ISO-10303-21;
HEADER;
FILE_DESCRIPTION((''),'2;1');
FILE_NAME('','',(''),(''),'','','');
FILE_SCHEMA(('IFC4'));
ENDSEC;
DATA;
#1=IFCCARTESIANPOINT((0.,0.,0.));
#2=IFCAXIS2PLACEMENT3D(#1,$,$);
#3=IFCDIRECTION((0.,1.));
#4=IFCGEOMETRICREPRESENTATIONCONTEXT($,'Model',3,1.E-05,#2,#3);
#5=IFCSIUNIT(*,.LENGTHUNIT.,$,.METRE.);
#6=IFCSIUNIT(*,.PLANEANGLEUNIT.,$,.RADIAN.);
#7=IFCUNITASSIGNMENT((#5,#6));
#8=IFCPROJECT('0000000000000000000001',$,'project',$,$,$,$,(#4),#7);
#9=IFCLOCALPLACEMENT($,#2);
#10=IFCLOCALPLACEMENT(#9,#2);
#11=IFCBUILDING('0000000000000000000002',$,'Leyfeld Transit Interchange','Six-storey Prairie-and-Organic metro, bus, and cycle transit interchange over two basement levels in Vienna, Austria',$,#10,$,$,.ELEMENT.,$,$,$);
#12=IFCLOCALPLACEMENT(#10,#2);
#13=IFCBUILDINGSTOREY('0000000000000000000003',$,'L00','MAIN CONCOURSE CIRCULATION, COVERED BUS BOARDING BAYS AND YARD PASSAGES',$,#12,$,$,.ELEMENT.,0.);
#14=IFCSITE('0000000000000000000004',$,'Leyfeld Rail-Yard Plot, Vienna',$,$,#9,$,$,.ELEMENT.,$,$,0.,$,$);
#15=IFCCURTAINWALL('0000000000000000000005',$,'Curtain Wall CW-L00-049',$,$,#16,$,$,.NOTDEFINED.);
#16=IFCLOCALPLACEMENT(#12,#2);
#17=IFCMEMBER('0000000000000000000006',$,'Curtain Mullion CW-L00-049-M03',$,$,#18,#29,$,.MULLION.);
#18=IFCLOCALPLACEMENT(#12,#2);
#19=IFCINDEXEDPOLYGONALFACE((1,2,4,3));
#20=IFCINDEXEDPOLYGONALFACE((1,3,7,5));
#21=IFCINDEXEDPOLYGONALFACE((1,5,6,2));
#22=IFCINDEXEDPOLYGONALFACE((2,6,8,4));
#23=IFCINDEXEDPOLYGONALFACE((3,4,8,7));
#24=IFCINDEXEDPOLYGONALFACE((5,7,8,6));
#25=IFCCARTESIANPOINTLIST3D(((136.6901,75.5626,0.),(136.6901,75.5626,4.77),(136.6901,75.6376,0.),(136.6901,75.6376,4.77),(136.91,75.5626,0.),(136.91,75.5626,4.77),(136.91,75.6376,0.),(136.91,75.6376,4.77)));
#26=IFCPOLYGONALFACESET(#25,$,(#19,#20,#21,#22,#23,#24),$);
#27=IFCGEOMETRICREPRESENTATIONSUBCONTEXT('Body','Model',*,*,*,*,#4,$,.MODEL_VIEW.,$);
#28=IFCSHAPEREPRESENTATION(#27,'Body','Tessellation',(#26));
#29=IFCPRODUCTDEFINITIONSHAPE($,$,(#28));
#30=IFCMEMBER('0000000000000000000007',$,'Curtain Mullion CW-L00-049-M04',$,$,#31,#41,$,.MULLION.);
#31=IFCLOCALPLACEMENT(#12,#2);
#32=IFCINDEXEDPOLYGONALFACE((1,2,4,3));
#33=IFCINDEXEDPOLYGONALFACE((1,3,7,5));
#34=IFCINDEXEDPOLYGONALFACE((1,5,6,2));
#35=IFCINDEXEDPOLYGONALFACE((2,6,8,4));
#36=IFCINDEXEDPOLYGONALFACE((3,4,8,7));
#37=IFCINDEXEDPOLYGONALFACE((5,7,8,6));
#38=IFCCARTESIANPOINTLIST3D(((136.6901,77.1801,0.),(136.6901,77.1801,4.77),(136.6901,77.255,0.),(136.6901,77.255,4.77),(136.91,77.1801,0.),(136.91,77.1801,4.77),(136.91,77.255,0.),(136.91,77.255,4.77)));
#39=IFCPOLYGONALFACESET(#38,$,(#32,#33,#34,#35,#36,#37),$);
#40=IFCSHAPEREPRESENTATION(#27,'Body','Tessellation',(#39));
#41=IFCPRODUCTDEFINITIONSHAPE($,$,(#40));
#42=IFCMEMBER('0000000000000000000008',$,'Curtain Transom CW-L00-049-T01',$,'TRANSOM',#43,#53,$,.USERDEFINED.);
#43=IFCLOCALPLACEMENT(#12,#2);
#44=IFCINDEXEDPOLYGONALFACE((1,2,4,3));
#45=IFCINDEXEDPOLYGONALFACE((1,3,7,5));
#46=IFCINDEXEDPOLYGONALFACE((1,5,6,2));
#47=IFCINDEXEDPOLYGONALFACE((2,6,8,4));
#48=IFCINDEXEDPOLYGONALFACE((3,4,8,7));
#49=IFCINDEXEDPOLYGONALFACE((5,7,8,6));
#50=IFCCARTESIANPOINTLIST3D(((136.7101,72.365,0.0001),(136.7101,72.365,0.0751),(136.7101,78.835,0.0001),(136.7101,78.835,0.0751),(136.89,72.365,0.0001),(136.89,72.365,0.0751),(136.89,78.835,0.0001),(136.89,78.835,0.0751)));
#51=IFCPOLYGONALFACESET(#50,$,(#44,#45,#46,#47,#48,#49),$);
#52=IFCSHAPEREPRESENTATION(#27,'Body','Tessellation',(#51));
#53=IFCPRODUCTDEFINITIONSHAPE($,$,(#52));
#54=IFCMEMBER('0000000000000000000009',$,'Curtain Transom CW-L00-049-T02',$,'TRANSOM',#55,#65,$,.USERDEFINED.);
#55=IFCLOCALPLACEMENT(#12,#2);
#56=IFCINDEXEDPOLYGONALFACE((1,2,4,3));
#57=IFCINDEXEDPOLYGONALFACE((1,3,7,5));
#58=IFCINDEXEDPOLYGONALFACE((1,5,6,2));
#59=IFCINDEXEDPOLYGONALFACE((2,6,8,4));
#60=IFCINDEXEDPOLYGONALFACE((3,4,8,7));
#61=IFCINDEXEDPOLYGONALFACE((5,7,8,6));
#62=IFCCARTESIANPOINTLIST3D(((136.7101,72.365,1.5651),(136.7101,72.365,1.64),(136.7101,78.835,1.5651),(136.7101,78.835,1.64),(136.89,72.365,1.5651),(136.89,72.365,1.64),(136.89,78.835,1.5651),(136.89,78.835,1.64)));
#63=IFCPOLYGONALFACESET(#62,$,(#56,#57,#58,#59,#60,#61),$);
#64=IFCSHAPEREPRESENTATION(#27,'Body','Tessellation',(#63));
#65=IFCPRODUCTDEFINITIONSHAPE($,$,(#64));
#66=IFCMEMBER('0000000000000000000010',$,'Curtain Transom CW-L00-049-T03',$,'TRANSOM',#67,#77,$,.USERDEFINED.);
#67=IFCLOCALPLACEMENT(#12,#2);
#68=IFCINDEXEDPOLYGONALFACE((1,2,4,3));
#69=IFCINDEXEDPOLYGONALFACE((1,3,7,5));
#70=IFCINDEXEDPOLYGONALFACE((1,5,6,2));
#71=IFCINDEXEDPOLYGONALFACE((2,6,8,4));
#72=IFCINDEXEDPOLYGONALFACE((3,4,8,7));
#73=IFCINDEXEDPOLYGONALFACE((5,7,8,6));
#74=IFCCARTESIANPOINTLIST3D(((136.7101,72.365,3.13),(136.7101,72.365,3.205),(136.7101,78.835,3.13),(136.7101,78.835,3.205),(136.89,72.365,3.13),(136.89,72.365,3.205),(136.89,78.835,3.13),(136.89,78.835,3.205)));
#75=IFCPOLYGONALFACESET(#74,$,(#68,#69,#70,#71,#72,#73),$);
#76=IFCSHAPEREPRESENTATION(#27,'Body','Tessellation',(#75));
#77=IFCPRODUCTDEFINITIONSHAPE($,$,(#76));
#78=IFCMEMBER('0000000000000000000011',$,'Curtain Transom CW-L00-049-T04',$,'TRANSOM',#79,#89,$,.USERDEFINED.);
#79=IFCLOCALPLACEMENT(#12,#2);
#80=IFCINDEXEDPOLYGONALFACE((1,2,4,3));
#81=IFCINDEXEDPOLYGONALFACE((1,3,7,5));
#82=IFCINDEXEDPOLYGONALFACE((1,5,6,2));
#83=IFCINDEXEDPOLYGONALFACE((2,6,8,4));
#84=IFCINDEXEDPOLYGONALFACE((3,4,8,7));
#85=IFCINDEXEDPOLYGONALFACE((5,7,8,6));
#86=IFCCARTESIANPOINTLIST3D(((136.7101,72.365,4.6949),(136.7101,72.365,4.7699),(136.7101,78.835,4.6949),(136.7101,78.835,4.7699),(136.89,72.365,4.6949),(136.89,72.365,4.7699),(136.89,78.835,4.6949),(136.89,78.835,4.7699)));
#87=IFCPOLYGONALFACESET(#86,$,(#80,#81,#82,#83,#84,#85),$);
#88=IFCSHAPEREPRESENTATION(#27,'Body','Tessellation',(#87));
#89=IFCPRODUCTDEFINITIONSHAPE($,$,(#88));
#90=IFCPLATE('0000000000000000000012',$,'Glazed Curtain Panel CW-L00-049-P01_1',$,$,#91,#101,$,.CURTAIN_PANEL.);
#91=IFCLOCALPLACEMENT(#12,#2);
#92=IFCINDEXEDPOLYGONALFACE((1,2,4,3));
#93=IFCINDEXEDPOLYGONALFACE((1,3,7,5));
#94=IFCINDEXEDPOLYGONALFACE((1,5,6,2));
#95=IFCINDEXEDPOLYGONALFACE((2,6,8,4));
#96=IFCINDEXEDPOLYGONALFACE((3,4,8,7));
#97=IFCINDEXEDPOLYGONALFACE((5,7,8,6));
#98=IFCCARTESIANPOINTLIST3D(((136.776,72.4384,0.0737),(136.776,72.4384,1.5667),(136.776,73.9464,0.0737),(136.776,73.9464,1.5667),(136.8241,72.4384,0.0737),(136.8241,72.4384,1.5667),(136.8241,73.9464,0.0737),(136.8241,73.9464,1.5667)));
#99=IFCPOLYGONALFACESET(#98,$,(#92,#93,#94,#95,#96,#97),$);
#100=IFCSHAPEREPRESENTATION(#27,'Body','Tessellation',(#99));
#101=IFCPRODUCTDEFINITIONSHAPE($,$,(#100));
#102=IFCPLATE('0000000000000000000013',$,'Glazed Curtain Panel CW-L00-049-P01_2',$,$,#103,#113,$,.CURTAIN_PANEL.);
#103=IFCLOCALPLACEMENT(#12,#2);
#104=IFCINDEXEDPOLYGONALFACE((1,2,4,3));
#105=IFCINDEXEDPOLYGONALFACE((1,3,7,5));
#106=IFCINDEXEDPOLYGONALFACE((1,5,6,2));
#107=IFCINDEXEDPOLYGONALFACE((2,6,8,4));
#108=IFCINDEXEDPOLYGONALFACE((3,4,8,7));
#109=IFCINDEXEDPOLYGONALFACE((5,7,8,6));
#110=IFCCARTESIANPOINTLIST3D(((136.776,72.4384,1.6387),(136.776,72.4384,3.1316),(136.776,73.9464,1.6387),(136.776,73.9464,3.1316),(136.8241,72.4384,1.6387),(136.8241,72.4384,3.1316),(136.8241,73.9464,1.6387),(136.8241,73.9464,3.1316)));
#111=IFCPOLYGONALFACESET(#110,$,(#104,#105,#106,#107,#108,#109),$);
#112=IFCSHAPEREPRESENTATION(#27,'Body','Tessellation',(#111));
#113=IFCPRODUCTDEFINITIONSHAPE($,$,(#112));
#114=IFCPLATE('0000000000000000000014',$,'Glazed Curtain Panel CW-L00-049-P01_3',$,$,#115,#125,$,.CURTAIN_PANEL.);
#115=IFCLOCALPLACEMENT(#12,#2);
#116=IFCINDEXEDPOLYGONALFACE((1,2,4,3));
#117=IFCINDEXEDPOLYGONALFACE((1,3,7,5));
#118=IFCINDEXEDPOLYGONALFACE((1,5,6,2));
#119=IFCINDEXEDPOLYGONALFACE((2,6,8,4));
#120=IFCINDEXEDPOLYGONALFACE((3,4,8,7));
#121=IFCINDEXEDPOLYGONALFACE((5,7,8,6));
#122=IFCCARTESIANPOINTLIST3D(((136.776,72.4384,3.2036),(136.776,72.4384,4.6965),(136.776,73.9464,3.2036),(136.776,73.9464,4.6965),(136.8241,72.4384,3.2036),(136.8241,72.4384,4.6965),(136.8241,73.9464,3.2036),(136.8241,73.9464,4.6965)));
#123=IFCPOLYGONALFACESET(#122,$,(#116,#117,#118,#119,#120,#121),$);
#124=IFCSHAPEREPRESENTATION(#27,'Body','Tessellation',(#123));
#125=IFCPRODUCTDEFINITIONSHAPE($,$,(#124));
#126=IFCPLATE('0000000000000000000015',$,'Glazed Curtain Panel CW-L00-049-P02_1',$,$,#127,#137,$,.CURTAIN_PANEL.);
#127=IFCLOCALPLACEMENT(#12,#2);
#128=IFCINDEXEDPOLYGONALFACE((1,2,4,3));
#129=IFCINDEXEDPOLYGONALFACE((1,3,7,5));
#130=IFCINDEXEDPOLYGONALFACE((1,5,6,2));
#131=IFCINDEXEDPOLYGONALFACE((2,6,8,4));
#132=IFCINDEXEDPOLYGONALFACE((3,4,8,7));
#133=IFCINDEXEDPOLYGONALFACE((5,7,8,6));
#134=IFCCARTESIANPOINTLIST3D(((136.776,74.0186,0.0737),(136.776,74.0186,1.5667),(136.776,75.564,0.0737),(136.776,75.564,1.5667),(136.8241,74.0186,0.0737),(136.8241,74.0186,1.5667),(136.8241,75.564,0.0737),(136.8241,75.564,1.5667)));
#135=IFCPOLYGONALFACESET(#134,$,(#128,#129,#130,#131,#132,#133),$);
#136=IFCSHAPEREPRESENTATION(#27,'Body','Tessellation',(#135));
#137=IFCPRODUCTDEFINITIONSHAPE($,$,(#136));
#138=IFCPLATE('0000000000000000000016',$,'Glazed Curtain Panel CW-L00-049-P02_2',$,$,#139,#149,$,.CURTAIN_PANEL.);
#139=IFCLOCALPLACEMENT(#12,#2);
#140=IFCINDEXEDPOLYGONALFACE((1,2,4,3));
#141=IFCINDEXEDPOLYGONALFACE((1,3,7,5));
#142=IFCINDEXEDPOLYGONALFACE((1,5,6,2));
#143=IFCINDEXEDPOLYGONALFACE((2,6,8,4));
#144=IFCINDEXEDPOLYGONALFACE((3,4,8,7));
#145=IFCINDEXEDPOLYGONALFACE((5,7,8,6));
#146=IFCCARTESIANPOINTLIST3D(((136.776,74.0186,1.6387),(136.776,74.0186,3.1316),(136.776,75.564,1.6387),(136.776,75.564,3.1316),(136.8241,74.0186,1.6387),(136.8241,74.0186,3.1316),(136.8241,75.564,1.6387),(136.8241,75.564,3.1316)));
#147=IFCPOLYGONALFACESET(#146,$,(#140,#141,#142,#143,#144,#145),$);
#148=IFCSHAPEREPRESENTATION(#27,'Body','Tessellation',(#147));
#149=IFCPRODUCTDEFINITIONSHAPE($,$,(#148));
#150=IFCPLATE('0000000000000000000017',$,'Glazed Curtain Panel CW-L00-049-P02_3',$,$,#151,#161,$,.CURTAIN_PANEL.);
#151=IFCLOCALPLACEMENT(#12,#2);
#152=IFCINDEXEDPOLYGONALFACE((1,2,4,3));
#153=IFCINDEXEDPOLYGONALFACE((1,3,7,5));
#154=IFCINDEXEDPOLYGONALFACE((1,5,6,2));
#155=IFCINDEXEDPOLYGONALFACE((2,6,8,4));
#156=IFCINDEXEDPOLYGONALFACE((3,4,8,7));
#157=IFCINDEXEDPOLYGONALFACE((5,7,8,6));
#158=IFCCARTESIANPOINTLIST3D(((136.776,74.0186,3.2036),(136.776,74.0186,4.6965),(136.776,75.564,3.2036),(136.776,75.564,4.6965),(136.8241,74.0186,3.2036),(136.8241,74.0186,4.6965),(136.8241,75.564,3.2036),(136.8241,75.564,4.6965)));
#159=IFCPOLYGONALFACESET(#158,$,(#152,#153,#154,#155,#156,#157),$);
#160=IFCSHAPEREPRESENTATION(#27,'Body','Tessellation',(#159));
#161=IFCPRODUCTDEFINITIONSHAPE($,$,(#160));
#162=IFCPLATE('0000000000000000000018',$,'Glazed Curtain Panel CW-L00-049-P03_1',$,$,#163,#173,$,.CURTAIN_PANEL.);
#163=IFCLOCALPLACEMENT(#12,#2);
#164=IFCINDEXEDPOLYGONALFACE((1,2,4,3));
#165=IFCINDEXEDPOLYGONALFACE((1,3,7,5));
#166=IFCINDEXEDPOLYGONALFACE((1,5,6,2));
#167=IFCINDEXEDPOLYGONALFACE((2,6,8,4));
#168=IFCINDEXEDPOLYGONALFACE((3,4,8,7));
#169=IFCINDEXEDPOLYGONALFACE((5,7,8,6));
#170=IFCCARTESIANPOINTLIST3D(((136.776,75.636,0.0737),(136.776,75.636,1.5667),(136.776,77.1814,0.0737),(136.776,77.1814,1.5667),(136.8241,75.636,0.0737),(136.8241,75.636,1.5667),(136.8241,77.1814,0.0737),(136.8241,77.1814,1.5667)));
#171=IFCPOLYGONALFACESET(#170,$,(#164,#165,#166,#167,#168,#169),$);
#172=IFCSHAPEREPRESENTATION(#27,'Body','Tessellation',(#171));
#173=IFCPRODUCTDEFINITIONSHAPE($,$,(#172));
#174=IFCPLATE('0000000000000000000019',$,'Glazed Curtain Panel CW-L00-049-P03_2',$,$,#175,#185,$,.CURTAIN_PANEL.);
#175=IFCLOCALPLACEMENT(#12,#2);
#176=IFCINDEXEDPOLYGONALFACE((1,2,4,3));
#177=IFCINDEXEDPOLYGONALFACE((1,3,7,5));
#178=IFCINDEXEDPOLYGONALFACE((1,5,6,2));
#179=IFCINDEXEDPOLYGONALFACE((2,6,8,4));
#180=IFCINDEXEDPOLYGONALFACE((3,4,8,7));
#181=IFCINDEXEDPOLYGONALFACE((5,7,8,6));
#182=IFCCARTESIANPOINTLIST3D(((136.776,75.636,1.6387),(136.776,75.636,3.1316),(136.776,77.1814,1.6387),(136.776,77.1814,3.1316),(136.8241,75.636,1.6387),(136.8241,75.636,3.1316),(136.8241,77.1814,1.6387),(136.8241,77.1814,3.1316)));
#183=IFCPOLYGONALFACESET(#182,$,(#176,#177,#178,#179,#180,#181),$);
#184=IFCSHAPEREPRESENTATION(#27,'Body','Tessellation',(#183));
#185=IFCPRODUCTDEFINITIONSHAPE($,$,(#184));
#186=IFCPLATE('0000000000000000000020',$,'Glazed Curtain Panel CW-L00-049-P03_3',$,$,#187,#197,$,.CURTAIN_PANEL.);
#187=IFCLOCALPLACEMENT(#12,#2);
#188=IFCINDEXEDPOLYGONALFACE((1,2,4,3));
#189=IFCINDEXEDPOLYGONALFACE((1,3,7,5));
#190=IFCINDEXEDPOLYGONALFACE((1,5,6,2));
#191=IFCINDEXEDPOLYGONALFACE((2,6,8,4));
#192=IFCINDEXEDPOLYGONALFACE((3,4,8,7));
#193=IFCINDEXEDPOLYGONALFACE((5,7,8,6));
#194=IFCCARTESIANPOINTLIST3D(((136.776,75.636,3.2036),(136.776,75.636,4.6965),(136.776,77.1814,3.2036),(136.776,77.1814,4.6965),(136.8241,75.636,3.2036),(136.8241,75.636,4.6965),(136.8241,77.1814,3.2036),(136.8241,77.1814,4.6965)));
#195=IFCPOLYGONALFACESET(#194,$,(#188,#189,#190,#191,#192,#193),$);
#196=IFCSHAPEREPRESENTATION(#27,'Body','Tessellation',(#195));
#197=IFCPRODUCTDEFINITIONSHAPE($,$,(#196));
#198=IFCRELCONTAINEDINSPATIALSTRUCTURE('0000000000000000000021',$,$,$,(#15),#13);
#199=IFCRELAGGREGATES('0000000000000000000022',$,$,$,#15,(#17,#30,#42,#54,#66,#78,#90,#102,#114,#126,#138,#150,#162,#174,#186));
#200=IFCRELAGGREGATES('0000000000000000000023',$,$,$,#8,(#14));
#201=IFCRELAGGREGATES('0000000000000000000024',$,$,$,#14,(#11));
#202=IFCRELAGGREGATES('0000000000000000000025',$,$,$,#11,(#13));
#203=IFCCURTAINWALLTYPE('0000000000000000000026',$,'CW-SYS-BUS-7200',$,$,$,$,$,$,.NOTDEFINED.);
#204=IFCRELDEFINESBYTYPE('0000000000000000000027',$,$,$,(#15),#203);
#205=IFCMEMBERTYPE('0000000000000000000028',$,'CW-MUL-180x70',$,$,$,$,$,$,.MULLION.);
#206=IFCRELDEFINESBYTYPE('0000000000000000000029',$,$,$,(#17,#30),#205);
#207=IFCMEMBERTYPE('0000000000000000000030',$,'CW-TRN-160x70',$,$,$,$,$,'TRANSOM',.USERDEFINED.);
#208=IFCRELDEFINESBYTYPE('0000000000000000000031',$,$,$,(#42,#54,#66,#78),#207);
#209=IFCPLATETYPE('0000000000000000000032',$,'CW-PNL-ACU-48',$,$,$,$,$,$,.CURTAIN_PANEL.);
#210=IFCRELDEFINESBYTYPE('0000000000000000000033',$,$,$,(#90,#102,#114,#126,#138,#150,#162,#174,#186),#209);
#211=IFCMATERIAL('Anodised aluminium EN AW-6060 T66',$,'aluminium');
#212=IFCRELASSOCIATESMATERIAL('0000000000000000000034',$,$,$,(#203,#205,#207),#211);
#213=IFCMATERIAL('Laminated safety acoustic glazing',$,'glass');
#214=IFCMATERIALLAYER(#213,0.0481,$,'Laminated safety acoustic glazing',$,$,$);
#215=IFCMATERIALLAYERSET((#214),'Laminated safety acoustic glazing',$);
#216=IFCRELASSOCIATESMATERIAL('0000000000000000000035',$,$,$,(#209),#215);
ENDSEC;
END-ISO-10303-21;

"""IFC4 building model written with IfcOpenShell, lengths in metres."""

from ifc_helpers import new_model, si_unit, direction, frame, origin, origin_2d, place, context, subcontext, project, spatial, rectangle, extrude, material, layer, layer_set, material_profile, profile_set, type_object, element, aggregate, save


model = new_model("IFC4")

# Units and contexts
model_context = context("Model", 3, precision=1e-05, world=origin(), true_north=direction((0.0, 1.0)))
body_context = subcontext(model_context, "Body", "Model", "MODEL_VIEW")
ifc_project = project(units=[si_unit("LENGTHUNIT", "METRE"), si_unit("PLANEANGLEUNIT", "RADIAN")], contexts=[model_context])

# Site, building, storey
site_placement = place(None, origin())
site = spatial("IfcSite", under=ifc_project, at=site_placement, Name="Leyfeld Rail-Yard Plot, Vienna", CompositionType="ELEMENT", RefElevation=0.0)
building_placement = place(site_placement, origin())
building = spatial("IfcBuilding", under=site, at=building_placement, Name="Leyfeld Transit Interchange", Description="Six-storey Prairie-and-Organic metro, bus, and cycle transit interchange over two basement levels in Vienna, Austria", CompositionType="ELEMENT")
storey_placement = place(building_placement, origin())
storey = spatial("IfcBuildingStorey", under=building, at=storey_placement, Name="L00", Description="MAIN CONCOURSE CIRCULATION, COVERED BUS BOARDING BAYS AND YARD PASSAGES", CompositionType="ELEMENT", Elevation=0.0)

# Curtain wall, members, plates
ifc_material_1 = material(Name="Anodised aluminium EN AW-6060 T66", Category="aluminium")
curtain_wall_type = type_object("IfcCurtainWallType", Name="CW-SYS-BUS-7200", PredefinedType="NOTDEFINED", material=ifc_material_1)
curtain_wall_placement = place(storey_placement, origin())
curtain_wall = element("IfcCurtainWall", 1, at=curtain_wall_placement, inside=storey, type_object=curtain_wall_type, Name="Curtain Wall CW-L00-049", PredefinedType="NOTDEFINED")
ifc_material_profile_1 = material_profile(ifc_material_1, rectangle(XDim=0.075, YDim=0.22, at=origin_2d()), Name="CW-M 75x220")
ifc_profile_set_1 = profile_set([ifc_material_profile_1], Name="Anodised aluminium EN AW-6060 T66")
member_type_1 = type_object("IfcMemberType", Name="CW-MUL-180x70", PredefinedType="MULLION", material=ifc_profile_set_1)
member_1_placement = place(storey_placement, frame((136.8, 75.6001, 0.0), z_axis=(0.0, 0.0, 1.0), x_axis=(0.0, 1.0, 0.0)))
member_1 = element("IfcMember", 2, at=member_1_placement, type_object=member_type_1, Name="Curtain Mullion CW-L00-049-M03", PredefinedType="MULLION", context=body_context, shape_type="SweptSolid", body=[
    extrude(rectangle(XDim=0.075, YDim=0.22, at=origin_2d()), origin(), (0.0, 0.0, 1.0), 4.77),
])
member_2_placement = place(storey_placement, frame((136.8, 77.2175, 0.0), z_axis=(0.0, 0.0, 1.0), x_axis=(0.0, 1.0, 0.0)))
member_2 = element("IfcMember", 3, at=member_2_placement, type_object=member_type_1, Name="Curtain Mullion CW-L00-049-M04", PredefinedType="MULLION", context=body_context, shape_type="SweptSolid", body=[
    extrude(rectangle(XDim=0.075, YDim=0.22, at=origin_2d()), origin(), (0.0, 0.0, 1.0), 4.77),
])
ifc_material_profile_2 = material_profile(ifc_material_1, rectangle(XDim=0.1799, YDim=0.075, at=origin_2d()), Name="CW-TRN-160x70")
ifc_profile_set_2 = profile_set([ifc_material_profile_2], Name="Anodised aluminium EN AW-6060 T66")
member_type_2 = type_object("IfcMemberType", Name="CW-TRN-160x70", ElementType="TRANSOM", PredefinedType="USERDEFINED", material=ifc_profile_set_2)
member_3_placement = place(storey_placement, frame((136.8, 72.365, 0.0376), z_axis=(0.0, 1.0, 0.0), x_axis=(-1.0, 0.0, 0.0)))
member_3 = element("IfcMember", 4, at=member_3_placement, type_object=member_type_2, Name="Curtain Transom CW-L00-049-T01", ObjectType="TRANSOM", PredefinedType="USERDEFINED", context=body_context, shape_type="SweptSolid", body=[
    extrude(rectangle(XDim=0.1799, YDim=0.075, at=origin_2d()), origin(), (0.0, 0.0, 1.0), 6.47),
])
member_4_placement = place(storey_placement, frame((136.8, 72.365, 1.6025), z_axis=(0.0, 1.0, 0.0), x_axis=(-1.0, 0.0, 0.0)))
member_4 = element("IfcMember", 5, at=member_4_placement, type_object=member_type_2, Name="Curtain Transom CW-L00-049-T02", ObjectType="TRANSOM", PredefinedType="USERDEFINED", context=body_context, shape_type="SweptSolid", body=[
    extrude(rectangle(XDim=0.1799, YDim=0.075, at=origin_2d()), origin(), (0.0, 0.0, 1.0), 6.47),
])
member_5_placement = place(storey_placement, frame((136.8, 72.365, 3.1675), z_axis=(0.0, 1.0, 0.0), x_axis=(-1.0, 0.0, 0.0)))
member_5 = element("IfcMember", 6, at=member_5_placement, type_object=member_type_2, Name="Curtain Transom CW-L00-049-T03", ObjectType="TRANSOM", PredefinedType="USERDEFINED", context=body_context, shape_type="SweptSolid", body=[
    extrude(rectangle(XDim=0.1799, YDim=0.075, at=origin_2d()), origin(), (0.0, 0.0, 1.0), 6.47),
])
member_6_placement = place(storey_placement, frame((136.8, 72.365, 4.7324), z_axis=(0.0, 1.0, 0.0), x_axis=(-1.0, 0.0, 0.0)))
member_6 = element("IfcMember", 7, at=member_6_placement, type_object=member_type_2, Name="Curtain Transom CW-L00-049-T04", ObjectType="TRANSOM", PredefinedType="USERDEFINED", context=body_context, shape_type="SweptSolid", body=[
    extrude(rectangle(XDim=0.1799, YDim=0.075, at=origin_2d()), origin(), (0.0, 0.0, 1.0), 6.47),
])
ifc_material_2 = material(Name="Laminated safety acoustic glazing", Category="glass")
ifc_layer_1 = layer(ifc_material_2, 0.0481, Name="Laminated safety acoustic glazing")
ifc_layer_set_1 = layer_set([ifc_layer_1], Name="Laminated safety acoustic glazing")
plate_type = type_object("IfcPlateType", Name="CW-PNL-ACU-48", PredefinedType="CURTAIN_PANEL", material=ifc_layer_set_1)
plate_1_placement = place(storey_placement, frame((136.8, 73.1924, 0.0737), z_axis=(0.0, 0.0, 1.0), x_axis=(0.0, 1.0, 0.0)))
plate_1 = element("IfcPlate", 8, at=plate_1_placement, type_object=plate_type, Name="Glazed Curtain Panel CW-L00-049-P01_1", PredefinedType="CURTAIN_PANEL", context=body_context, shape_type="SweptSolid", body=[
    extrude(rectangle(XDim=1.5081, YDim=0.0481, at=origin_2d()), origin(), (0.0, 0.0, 1.0), 1.4929),
])
plate_2_placement = place(storey_placement, frame((136.8, 73.1924, 1.6387), z_axis=(0.0, 0.0, 1.0), x_axis=(0.0, 1.0, 0.0)))
plate_2 = element("IfcPlate", 9, at=plate_2_placement, type_object=plate_type, Name="Glazed Curtain Panel CW-L00-049-P01_2", PredefinedType="CURTAIN_PANEL", context=body_context, shape_type="SweptSolid", body=[
    extrude(rectangle(XDim=1.5081, YDim=0.0481, at=origin_2d()), origin(), (0.0, 0.0, 1.0), 1.4929),
])
plate_3_placement = place(storey_placement, frame((136.8, 73.1924, 3.2036), z_axis=(0.0, 0.0, 1.0), x_axis=(0.0, 1.0, 0.0)))
plate_3 = element("IfcPlate", 10, at=plate_3_placement, type_object=plate_type, Name="Glazed Curtain Panel CW-L00-049-P01_3", PredefinedType="CURTAIN_PANEL", context=body_context, shape_type="SweptSolid", body=[
    extrude(rectangle(XDim=1.5081, YDim=0.0481, at=origin_2d()), origin(), (0.0, 0.0, 1.0), 1.4929),
])
plate_4_placement = place(storey_placement, frame((136.8, 74.7913, 0.0737), z_axis=(0.0, 0.0, 1.0), x_axis=(0.0, 1.0, 0.0)))
plate_4 = element("IfcPlate", 11, at=plate_4_placement, type_object=plate_type, Name="Glazed Curtain Panel CW-L00-049-P02_1", PredefinedType="CURTAIN_PANEL", context=body_context, shape_type="SweptSolid", body=[
    extrude(rectangle(XDim=1.5454, YDim=0.0481, at=origin_2d()), origin(), (0.0, 0.0, 1.0), 1.4929),
])
plate_5_placement = place(storey_placement, frame((136.8, 74.7913, 1.6387), z_axis=(0.0, 0.0, 1.0), x_axis=(0.0, 1.0, 0.0)))
plate_5 = element("IfcPlate", 12, at=plate_5_placement, type_object=plate_type, Name="Glazed Curtain Panel CW-L00-049-P02_2", PredefinedType="CURTAIN_PANEL", context=body_context, shape_type="SweptSolid", body=[
    extrude(rectangle(XDim=1.5454, YDim=0.0481, at=origin_2d()), origin(), (0.0, 0.0, 1.0), 1.4929),
])
plate_6_placement = place(storey_placement, frame((136.8, 74.7913, 3.2036), z_axis=(0.0, 0.0, 1.0), x_axis=(0.0, 1.0, 0.0)))
plate_6 = element("IfcPlate", 13, at=plate_6_placement, type_object=plate_type, Name="Glazed Curtain Panel CW-L00-049-P02_3", PredefinedType="CURTAIN_PANEL", context=body_context, shape_type="SweptSolid", body=[
    extrude(rectangle(XDim=1.5454, YDim=0.0481, at=origin_2d()), origin(), (0.0, 0.0, 1.0), 1.4929),
])
plate_7_placement = place(storey_placement, frame((136.8, 76.4087, 0.0737), z_axis=(0.0, 0.0, 1.0), x_axis=(0.0, 1.0, 0.0)))
plate_7 = element("IfcPlate", 14, at=plate_7_placement, type_object=plate_type, Name="Glazed Curtain Panel CW-L00-049-P03_1", PredefinedType="CURTAIN_PANEL", context=body_context, shape_type="SweptSolid", body=[
    extrude(rectangle(XDim=1.5454, YDim=0.0481, at=origin_2d()), origin(), (0.0, 0.0, 1.0), 1.4929),
])
plate_8_placement = place(storey_placement, frame((136.8, 76.4087, 1.6387), z_axis=(0.0, 0.0, 1.0), x_axis=(0.0, 1.0, 0.0)))
plate_8 = element("IfcPlate", 15, at=plate_8_placement, type_object=plate_type, Name="Glazed Curtain Panel CW-L00-049-P03_2", PredefinedType="CURTAIN_PANEL", context=body_context, shape_type="SweptSolid", body=[
    extrude(rectangle(XDim=1.5454, YDim=0.0481, at=origin_2d()), origin(), (0.0, 0.0, 1.0), 1.4929),
])
plate_9_placement = place(storey_placement, frame((136.8, 76.4087, 3.2036), z_axis=(0.0, 0.0, 1.0), x_axis=(0.0, 1.0, 0.0)))
plate_9 = element("IfcPlate", 16, at=plate_9_placement, type_object=plate_type, Name="Glazed Curtain Panel CW-L00-049-P03_3", PredefinedType="CURTAIN_PANEL", context=body_context, shape_type="SweptSolid", body=[
    extrude(rectangle(XDim=1.5454, YDim=0.0481, at=origin_2d()), origin(), (0.0, 0.0, 1.0), 1.4929),
])
aggregate(curtain_wall, [member_1, member_2, member_3, member_4, member_5, member_6, plate_1, plate_2, plate_3, plate_4, plate_5, plate_6, plate_7, plate_8, plate_9])

save(model, "model.ifc")
